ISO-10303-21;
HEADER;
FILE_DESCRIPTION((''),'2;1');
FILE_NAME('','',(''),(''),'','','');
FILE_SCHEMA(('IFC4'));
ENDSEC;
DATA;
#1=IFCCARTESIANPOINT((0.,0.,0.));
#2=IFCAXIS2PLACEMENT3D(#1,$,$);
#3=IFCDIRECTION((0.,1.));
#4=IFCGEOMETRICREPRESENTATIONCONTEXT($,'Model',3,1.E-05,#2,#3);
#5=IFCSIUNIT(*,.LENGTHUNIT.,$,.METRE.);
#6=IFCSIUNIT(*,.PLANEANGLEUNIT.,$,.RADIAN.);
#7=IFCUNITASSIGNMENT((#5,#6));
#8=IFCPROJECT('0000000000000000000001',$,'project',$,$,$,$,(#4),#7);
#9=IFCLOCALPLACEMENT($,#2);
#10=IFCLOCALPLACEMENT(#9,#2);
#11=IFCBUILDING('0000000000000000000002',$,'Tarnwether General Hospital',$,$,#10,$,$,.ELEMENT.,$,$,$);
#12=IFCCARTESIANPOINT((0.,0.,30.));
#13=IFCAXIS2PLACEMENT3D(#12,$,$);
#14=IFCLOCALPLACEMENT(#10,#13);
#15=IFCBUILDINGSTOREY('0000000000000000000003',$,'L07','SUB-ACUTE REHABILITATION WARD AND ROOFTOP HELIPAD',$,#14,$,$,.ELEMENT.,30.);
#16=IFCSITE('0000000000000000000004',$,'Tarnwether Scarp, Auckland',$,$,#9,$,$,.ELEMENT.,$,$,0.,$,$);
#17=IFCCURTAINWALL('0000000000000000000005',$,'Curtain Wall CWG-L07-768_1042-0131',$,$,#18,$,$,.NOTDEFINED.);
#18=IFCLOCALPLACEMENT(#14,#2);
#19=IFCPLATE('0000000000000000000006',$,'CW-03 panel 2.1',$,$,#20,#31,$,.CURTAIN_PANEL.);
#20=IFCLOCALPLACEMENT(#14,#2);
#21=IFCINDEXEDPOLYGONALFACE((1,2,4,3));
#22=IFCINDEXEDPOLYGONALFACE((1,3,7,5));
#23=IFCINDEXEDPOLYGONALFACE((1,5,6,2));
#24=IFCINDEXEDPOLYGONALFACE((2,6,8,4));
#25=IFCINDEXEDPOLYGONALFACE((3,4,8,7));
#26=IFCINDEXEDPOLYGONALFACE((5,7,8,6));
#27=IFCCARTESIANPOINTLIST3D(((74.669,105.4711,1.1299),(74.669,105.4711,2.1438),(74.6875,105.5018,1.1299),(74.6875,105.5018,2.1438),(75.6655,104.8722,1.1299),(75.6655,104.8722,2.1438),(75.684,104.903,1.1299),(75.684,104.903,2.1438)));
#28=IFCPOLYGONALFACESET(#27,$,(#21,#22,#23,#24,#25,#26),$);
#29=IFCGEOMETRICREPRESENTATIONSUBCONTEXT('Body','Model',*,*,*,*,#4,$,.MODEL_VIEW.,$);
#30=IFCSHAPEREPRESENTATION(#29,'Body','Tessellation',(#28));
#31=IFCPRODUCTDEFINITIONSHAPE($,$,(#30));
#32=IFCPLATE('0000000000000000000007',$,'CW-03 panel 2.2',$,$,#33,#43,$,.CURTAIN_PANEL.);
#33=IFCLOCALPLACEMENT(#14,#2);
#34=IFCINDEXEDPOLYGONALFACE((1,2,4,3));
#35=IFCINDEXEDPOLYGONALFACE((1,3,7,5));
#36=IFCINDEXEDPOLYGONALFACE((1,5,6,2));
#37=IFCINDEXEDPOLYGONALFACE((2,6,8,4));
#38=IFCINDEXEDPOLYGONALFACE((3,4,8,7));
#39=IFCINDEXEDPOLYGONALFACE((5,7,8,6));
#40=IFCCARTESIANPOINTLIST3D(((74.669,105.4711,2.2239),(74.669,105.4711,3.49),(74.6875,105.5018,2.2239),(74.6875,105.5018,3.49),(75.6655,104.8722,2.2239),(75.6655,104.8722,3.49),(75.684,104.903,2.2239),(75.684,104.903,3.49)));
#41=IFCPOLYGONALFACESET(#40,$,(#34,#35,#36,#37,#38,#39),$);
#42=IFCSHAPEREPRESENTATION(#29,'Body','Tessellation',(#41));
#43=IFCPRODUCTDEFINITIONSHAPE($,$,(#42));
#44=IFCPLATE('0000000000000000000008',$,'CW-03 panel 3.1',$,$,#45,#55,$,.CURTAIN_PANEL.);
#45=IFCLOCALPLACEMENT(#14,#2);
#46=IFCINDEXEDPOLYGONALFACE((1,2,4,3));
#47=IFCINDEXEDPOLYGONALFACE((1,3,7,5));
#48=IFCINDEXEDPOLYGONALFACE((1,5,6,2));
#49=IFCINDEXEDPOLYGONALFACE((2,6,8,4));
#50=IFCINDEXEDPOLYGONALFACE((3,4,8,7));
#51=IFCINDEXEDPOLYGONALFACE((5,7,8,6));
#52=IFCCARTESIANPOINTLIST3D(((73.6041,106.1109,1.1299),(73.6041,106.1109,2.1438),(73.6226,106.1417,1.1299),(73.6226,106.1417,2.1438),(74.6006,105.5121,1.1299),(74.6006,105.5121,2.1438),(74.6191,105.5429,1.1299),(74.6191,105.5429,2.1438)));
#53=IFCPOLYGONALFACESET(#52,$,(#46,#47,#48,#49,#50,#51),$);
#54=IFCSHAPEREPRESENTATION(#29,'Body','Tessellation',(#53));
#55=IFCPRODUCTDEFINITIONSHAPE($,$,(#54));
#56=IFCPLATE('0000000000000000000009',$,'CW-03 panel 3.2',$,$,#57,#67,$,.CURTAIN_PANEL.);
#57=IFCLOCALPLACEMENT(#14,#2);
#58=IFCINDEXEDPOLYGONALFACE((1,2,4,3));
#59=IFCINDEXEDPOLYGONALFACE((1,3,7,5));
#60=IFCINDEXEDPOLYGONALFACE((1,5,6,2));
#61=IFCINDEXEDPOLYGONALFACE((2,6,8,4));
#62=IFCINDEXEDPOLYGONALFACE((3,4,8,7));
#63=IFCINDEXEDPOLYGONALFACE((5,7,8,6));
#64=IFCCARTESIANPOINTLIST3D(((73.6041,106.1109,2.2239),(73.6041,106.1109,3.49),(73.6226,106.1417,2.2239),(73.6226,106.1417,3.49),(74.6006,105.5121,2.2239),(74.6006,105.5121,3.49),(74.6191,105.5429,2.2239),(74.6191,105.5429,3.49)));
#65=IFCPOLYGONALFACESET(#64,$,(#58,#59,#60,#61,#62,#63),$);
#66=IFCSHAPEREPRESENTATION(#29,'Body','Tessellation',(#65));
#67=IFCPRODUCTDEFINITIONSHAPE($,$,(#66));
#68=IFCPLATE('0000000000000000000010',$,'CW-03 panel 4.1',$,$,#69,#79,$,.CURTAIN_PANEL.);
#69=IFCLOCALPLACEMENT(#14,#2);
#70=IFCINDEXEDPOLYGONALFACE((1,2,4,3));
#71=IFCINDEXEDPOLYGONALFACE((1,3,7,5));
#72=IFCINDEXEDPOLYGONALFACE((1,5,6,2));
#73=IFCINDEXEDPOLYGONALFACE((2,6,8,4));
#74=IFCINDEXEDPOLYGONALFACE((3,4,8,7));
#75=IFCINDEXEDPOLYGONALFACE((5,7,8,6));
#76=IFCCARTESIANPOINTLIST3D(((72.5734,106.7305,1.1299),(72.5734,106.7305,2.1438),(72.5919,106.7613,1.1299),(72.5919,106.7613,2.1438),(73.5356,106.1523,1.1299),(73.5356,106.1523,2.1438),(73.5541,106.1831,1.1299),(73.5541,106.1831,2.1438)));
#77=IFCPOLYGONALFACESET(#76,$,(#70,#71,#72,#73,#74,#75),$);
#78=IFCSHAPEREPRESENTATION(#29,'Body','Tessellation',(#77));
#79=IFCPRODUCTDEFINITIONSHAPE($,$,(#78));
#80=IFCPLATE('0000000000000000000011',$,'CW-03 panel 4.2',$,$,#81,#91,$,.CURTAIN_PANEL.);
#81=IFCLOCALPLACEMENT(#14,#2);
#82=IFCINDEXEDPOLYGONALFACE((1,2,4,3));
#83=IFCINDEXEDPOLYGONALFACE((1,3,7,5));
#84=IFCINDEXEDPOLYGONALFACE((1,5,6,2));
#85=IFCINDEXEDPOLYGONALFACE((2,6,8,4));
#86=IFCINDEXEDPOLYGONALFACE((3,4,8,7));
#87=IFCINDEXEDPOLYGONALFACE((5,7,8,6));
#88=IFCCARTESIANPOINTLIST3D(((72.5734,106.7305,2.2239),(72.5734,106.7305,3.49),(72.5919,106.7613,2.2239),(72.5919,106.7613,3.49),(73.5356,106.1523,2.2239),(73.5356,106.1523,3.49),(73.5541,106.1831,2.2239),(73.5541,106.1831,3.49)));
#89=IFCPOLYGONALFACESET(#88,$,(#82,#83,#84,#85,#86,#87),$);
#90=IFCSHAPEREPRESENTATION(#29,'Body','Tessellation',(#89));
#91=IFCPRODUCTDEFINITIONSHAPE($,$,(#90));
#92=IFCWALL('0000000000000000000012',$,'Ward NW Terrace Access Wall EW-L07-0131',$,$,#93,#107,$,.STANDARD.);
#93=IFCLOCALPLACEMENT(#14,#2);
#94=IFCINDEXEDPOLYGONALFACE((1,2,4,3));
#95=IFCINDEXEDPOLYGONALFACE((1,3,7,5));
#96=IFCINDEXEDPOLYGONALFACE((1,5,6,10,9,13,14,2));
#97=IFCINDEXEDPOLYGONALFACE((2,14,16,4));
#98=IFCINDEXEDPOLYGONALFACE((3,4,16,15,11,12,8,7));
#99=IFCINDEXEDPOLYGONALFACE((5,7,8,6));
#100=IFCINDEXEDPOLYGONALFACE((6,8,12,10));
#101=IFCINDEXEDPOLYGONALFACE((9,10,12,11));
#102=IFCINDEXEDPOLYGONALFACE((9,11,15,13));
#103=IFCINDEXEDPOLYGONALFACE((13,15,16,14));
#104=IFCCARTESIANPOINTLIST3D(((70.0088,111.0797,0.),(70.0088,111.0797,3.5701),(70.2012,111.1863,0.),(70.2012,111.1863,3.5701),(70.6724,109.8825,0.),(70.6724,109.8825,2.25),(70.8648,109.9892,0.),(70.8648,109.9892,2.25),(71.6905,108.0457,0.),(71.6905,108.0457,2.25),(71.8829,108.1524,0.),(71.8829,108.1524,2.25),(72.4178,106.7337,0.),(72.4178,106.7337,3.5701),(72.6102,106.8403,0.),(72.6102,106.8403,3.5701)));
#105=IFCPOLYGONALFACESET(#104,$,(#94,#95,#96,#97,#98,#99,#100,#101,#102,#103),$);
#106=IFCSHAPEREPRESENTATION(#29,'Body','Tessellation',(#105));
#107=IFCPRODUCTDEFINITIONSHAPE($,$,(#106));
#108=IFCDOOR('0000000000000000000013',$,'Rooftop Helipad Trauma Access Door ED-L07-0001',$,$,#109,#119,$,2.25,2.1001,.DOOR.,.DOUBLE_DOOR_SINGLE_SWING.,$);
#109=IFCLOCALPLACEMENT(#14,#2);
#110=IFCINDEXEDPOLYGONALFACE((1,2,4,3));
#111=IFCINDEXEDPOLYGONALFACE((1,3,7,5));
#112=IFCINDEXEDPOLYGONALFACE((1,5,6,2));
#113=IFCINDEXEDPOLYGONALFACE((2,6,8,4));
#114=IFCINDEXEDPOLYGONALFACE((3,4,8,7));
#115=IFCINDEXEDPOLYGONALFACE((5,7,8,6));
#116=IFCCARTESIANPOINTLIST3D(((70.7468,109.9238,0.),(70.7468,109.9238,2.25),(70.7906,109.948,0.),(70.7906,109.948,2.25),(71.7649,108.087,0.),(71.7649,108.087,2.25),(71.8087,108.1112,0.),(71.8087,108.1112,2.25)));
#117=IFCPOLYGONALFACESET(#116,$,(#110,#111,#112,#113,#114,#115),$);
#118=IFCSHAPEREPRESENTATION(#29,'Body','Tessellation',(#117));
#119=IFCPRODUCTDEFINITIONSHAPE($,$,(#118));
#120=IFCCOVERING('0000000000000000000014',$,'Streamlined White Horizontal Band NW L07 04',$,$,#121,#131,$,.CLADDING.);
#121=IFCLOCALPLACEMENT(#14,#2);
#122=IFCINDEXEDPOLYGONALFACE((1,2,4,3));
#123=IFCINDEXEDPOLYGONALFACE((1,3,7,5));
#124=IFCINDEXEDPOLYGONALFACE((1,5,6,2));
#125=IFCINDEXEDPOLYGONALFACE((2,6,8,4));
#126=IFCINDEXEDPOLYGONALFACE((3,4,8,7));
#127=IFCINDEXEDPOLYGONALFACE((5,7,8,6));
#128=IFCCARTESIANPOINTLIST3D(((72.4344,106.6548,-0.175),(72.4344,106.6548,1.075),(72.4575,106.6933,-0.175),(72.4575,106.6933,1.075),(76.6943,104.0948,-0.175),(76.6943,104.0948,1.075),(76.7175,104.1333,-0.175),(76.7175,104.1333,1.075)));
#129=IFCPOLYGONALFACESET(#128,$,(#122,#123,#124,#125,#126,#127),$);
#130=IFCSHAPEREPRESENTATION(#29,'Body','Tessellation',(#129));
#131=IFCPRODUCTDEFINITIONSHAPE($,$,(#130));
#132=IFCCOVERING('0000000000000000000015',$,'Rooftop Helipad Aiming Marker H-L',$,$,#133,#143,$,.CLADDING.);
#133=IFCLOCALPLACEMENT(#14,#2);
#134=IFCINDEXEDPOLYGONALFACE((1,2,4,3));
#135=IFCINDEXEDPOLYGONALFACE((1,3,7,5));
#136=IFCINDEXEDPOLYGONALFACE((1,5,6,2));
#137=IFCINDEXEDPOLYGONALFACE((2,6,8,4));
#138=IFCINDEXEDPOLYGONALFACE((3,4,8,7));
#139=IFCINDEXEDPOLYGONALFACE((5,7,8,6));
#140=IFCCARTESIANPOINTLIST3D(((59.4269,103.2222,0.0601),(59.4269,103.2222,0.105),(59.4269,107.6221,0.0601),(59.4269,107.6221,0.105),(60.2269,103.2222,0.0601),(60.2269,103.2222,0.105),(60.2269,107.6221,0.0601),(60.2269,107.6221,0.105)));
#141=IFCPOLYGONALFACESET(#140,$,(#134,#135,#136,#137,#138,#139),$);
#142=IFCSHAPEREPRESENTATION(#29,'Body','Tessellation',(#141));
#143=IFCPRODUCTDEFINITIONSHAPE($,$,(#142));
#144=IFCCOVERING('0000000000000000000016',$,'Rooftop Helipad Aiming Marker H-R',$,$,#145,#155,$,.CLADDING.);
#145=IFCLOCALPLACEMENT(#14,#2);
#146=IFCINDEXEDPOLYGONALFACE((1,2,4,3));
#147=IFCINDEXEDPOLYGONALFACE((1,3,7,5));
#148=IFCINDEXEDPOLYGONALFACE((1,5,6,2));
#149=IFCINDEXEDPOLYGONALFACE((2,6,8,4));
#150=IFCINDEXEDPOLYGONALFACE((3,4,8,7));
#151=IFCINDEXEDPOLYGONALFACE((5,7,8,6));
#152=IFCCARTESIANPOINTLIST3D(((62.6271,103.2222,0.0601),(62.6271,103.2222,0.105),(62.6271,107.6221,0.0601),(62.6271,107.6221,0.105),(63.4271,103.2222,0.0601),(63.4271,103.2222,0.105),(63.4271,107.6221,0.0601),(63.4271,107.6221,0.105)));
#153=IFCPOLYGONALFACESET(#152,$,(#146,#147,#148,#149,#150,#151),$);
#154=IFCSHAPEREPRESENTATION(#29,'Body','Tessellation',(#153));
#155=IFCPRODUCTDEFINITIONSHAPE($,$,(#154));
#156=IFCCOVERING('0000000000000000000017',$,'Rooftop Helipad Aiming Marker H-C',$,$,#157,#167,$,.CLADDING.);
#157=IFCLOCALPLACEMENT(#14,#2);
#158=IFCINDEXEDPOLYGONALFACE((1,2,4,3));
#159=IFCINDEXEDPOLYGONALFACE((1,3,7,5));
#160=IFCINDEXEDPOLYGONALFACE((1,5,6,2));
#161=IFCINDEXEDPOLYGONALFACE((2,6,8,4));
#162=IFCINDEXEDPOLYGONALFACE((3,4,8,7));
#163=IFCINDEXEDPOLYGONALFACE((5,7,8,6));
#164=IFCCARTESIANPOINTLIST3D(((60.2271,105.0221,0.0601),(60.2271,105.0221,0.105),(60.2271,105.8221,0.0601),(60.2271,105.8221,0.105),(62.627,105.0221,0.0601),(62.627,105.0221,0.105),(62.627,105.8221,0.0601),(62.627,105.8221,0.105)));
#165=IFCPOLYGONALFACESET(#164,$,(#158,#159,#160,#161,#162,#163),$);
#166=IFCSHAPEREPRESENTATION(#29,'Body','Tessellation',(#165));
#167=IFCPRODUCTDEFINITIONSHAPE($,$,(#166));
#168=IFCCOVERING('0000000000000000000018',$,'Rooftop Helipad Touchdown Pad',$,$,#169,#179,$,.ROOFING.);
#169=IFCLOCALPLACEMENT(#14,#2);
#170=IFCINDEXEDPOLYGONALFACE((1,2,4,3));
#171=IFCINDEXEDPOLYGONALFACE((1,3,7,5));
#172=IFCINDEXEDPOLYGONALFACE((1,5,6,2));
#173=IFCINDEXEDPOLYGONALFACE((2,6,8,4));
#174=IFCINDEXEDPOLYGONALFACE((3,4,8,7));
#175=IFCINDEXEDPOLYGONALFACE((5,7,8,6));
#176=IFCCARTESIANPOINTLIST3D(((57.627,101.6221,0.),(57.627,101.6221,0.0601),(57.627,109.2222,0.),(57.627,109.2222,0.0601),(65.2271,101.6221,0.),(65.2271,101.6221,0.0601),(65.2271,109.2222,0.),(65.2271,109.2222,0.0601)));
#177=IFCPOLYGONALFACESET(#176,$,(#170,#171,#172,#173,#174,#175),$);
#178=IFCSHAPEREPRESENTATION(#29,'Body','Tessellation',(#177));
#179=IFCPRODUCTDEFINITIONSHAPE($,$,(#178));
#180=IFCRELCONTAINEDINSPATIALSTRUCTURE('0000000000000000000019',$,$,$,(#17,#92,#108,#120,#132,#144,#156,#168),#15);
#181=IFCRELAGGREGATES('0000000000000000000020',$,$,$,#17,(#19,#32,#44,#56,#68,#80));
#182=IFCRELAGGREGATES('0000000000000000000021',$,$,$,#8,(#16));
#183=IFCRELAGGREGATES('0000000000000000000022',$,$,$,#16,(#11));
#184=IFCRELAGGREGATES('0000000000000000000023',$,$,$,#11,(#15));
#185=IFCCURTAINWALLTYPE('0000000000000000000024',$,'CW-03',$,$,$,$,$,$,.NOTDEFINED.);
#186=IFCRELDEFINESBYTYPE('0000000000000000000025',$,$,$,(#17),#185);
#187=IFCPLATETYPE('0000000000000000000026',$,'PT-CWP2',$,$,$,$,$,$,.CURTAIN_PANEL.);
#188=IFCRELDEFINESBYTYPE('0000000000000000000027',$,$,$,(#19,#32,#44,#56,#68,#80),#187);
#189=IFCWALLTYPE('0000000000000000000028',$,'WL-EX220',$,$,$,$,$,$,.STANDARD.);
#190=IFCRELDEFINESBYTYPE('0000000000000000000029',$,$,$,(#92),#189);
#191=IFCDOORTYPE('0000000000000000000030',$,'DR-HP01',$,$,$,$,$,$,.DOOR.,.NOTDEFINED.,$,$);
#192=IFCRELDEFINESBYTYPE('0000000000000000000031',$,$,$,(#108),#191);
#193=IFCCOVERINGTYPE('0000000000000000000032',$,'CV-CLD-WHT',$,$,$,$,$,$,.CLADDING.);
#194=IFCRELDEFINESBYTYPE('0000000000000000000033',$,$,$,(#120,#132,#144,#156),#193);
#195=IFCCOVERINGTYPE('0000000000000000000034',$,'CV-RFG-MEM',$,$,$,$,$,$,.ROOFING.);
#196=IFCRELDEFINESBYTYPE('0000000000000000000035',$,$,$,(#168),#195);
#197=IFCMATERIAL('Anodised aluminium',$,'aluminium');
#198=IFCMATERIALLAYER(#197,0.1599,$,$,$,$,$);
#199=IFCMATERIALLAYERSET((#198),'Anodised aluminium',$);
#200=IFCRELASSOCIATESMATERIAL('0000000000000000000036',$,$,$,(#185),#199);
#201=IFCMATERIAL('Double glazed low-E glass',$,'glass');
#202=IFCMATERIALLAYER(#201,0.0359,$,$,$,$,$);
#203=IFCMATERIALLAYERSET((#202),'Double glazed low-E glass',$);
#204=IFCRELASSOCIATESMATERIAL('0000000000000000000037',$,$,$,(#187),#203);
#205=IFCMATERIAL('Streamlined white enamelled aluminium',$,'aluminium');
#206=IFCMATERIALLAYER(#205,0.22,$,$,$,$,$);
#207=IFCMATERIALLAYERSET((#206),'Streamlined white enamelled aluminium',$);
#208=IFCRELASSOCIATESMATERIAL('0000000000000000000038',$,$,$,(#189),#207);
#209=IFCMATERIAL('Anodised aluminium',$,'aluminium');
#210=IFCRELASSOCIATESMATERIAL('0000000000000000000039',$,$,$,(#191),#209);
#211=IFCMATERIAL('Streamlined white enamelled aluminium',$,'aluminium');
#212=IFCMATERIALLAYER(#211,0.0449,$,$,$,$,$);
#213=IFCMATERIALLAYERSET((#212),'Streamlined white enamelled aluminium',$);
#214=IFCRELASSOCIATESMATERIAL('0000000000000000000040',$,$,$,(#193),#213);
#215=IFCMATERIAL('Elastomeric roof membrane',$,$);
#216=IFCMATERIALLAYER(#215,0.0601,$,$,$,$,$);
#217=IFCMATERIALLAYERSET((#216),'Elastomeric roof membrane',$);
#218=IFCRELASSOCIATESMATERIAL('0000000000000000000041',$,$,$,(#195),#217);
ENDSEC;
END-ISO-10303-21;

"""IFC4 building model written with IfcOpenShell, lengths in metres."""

from ifc_helpers import new_model, si_unit, direction, frame, frame_2d, origin, origin_2d, place, context, subcontext, project, spatial, rectangle, extrude, material, layer, layer_set, type_object, element, fill, aggregate, save


model = new_model("IFC4")

# Units and contexts
model_context = context("Model", 3, precision=1e-05, world=origin(), true_north=direction((0.0, 1.0)))
body_context = subcontext(model_context, "Body", "Model", "MODEL_VIEW")
ifc_project = project(units=[si_unit("LENGTHUNIT", "METRE"), si_unit("PLANEANGLEUNIT", "RADIAN")], contexts=[model_context])

# Site, building, storey
site_placement = place(None, origin())
site = spatial("IfcSite", under=ifc_project, at=site_placement, Name="Tarnwether Scarp, Auckland", CompositionType="ELEMENT", RefElevation=0.0)
building_placement = place(site_placement, origin())
building = spatial("IfcBuilding", under=site, at=building_placement, Name="Tarnwether General Hospital", CompositionType="ELEMENT")
storey_placement = place(building_placement, frame((0.0, 0.0, 30.0)))
storey = spatial("IfcBuildingStorey", under=building, at=storey_placement, Name="L07", Description="SUB-ACUTE REHABILITATION WARD AND ROOFTOP HELIPAD", CompositionType="ELEMENT", Elevation=30.0)

# Curtain wall, plates
ifc_material_1 = material(Name="Anodised aluminium", Category="aluminium")
ifc_layer_1 = layer(ifc_material_1, 0.1599)
ifc_layer_set_1 = layer_set([ifc_layer_1], Name="Anodised aluminium")
curtain_wall_type = type_object("IfcCurtainWallType", Name="CW-03", PredefinedType="NOTDEFINED", material=ifc_layer_set_1)
curtain_wall_placement = place(storey_placement, origin())
curtain_wall = element("IfcCurtainWall", 1, at=curtain_wall_placement, inside=storey, type_object=curtain_wall_type, Name="Curtain Wall CWG-L07-768_1042-0131", PredefinedType="NOTDEFINED")
ifc_material_2 = material(Name="Double glazed low-E glass", Category="glass")
ifc_layer_2 = layer(ifc_material_2, 0.0359)
ifc_layer_set_2 = layer_set([ifc_layer_2], Name="Double glazed low-E glass")
plate_type = type_object("IfcPlateType", Name="PT-CWP2", PredefinedType="CURTAIN_PANEL", material=ifc_layer_set_2)
plate_1_placement = place(storey_placement, frame((75.1765, 105.187, 1.1299), z_axis=(0.0, 0.0, 1.0), x_axis=(-0.857138, 0.515087, 0.0)))
plate_1 = element("IfcPlate", 2, at=plate_1_placement, type_object=plate_type, Name="CW-03 panel 2.1", PredefinedType="CURTAIN_PANEL", context=body_context, shape_type="SweptSolid", body=[
    extrude(rectangle(XDim=1.1626, YDim=0.0359, at=origin_2d()), origin(), (0.0, 0.0, 1.0), 1.0139),
])
plate_2_placement = place(storey_placement, frame((75.1765, 105.187, 2.2239), z_axis=(0.0, 0.0, 1.0), x_axis=(-0.857138, 0.515087, 0.0)))
plate_2 = element("IfcPlate", 3, at=plate_2_placement, type_object=plate_type, Name="CW-03 panel 2.2", PredefinedType="CURTAIN_PANEL", context=body_context, shape_type="SweptSolid", body=[
    extrude(rectangle(XDim=1.1626, YDim=0.0359, at=origin_2d()), origin(), (0.0, 0.0, 1.0), 1.2661),
])
plate_3_placement = place(storey_placement, frame((74.1116, 105.8269, 1.1299), z_axis=(0.0, 0.0, 1.0), x_axis=(-0.857138, 0.515087, 0.0)))
plate_3 = element("IfcPlate", 4, at=plate_3_placement, type_object=plate_type, Name="CW-03 panel 3.1", PredefinedType="CURTAIN_PANEL", context=body_context, shape_type="SweptSolid", body=[
    extrude(rectangle(XDim=1.1626, YDim=0.0359, at=origin_2d()), origin(), (0.0, 0.0, 1.0), 1.0139),
])
plate_4_placement = place(storey_placement, frame((74.1116, 105.8269, 2.2239), z_axis=(0.0, 0.0, 1.0), x_axis=(-0.857138, 0.515087, 0.0)))
plate_4 = element("IfcPlate", 5, at=plate_4_placement, type_object=plate_type, Name="CW-03 panel 3.2", PredefinedType="CURTAIN_PANEL", context=body_context, shape_type="SweptSolid", body=[
    extrude(rectangle(XDim=1.1626, YDim=0.0359, at=origin_2d()), origin(), (0.0, 0.0, 1.0), 1.2661),
])
plate_5_placement = place(storey_placement, frame((73.0637, 106.4568, 1.1299), z_axis=(0.0, 0.0, 1.0), x_axis=(-0.857138, 0.515087, 0.0)))
plate_5 = element("IfcPlate", 6, at=plate_5_placement, type_object=plate_type, Name="CW-03 panel 4.1", PredefinedType="CURTAIN_PANEL", context=body_context, shape_type="SweptSolid", body=[
    extrude(rectangle(XDim=1.1226, YDim=0.0359, at=origin_2d()), origin(), (0.0, 0.0, 1.0), 1.0139),
])
plate_6_placement = place(storey_placement, frame((73.0637, 106.4568, 2.2239), z_axis=(0.0, 0.0, 1.0), x_axis=(-0.857138, 0.515087, 0.0)))
plate_6 = element("IfcPlate", 7, at=plate_6_placement, type_object=plate_type, Name="CW-03 panel 4.2", PredefinedType="CURTAIN_PANEL", context=body_context, shape_type="SweptSolid", body=[
    extrude(rectangle(XDim=1.1226, YDim=0.0359, at=origin_2d()), origin(), (0.0, 0.0, 1.0), 1.2661),
])
aggregate(curtain_wall, [plate_1, plate_2, plate_3, plate_4, plate_5, plate_6])

# Wall, opening, door
ifc_material_3 = material(Name="Streamlined white enamelled aluminium", Category="aluminium")
ifc_layer_3 = layer(ifc_material_3, 0.22)
ifc_layer_set_3 = layer_set([ifc_layer_3], Name="Streamlined white enamelled aluminium")
wall_type = type_object("IfcWallType", Name="WL-EX220", PredefinedType="STANDARD", material=ifc_layer_set_3)
wall_placement = place(storey_placement, frame((72.5139, 106.7871, 0.0), z_axis=(0.0, 0.0, 1.0), x_axis=(-0.4848, 0.874625, 0.0)))
wall = element("IfcWall", 8, at=wall_placement, inside=storey, type_object=wall_type, Name="Ward NW Terrace Access Wall EW-L07-0131", PredefinedType="STANDARD", context=body_context, shape_type="SweptSolid", body=[
    extrude(rectangle(XDim=4.969, YDim=0.22, at=frame_2d((2.4844, 0.0))), origin(), (0.0, 0.0, 1.0), 3.5701),
])
opening_placement = place(wall_placement, frame((1.5, 0.0, 0.0)))
opening = element("IfcOpeningElement", 9, at=opening_placement, cuts=wall, PredefinedType="OPENING", context=body_context, shape_type="SweptSolid", body=[
    extrude(rectangle(XDim=2.1001, YDim=2.25, at=frame_2d((1.05, 1.125))), frame((0.0, 0.1201, 0.0), z_axis=(0.0, -1.0, 0.0), x_axis=(1.0, 0.0, 0.0)), (0.0, 0.0, 1.0), 0.24),
])
ifc_material_4 = material(Name="Anodised aluminium", Category="aluminium")
door_type = type_object("IfcDoorType", Name="DR-HP01", OperationType="NOTDEFINED", PredefinedType="DOOR", material=ifc_material_4)
door_placement = place(opening_placement, origin())
door = element("IfcDoor", 10, at=door_placement, inside=storey, type_object=door_type, Name="Rooftop Helipad Trauma Access Door ED-L07-0001", OperationType="DOUBLE_DOOR_SINGLE_SWING", OverallHeight=2.25, OverallWidth=2.1001, PredefinedType="DOOR", context=body_context, shape_type="SweptSolid", body=[
    extrude(rectangle(XDim=2.1001, YDim=2.25, at=frame_2d((1.05, 1.125))), frame((0.0, 0.0249, 0.0), z_axis=(0.0, -1.0, 0.0), x_axis=(1.0, 0.0, 0.0)), (0.0, 0.0, 1.0), 0.05),
])
fill(opening, door)

# Coverings
ifc_material_5 = material(Name="Streamlined white enamelled aluminium", Category="aluminium")
ifc_layer_4 = layer(ifc_material_5, 0.0449)
ifc_layer_set_4 = layer_set([ifc_layer_4], Name="Streamlined white enamelled aluminium")
covering_type_1 = type_object("IfcCoveringType", Name="CV-CLD-WHT", PredefinedType="CLADDING", material=ifc_layer_set_4)
covering_1_placement = place(storey_placement, frame((74.5759, 105.394, -0.175), z_axis=(0.0, 0.0, 1.0), x_axis=(-0.85714, 0.515083, 0.0)))
element("IfcCovering", 11, at=covering_1_placement, inside=storey, type_object=covering_type_1, Name="Streamlined White Horizontal Band NW L07 04", PredefinedType="CLADDING", context=body_context, shape_type="SweptSolid", body=[
    extrude(rectangle(XDim=4.97, YDim=0.0449, at=origin_2d()), origin(), (0.0, 0.0, 1.0), 1.25),
])
for number, where, z_axis, x_axis, name in (
    (12, (59.8269, 105.4221, 0.0601), (0.0, 0.0, 1.0), (1.0, 0.0, 0.0), "Rooftop Helipad Aiming Marker H-L"),
    (13, (63.0271, 105.4221, 0.0601), (0.0, 0.0, 1.0), (1.0, 0.0, 0.0), "Rooftop Helipad Aiming Marker H-R"),
):
    element("IfcCovering", number, at=place(storey_placement, frame(where, z_axis=z_axis, x_axis=x_axis)), inside=storey, type_object=covering_type_1, Name=name, PredefinedType="CLADDING", context=body_context, shape_type="SweptSolid", body=[
        extrude(rectangle(XDim=0.8, YDim=4.3999, at=origin_2d()), origin(), (0.0, 0.0, 1.0), 0.0449),
    ])
covering_2_placement = place(storey_placement, frame((61.427, 105.4221, 0.0601), z_axis=(0.0, 0.0, 1.0), x_axis=(1.0, 0.0, 0.0)))
element("IfcCovering", 14, at=covering_2_placement, inside=storey, type_object=covering_type_1, Name="Rooftop Helipad Aiming Marker H-C", PredefinedType="CLADDING", context=body_context, shape_type="SweptSolid", body=[
    extrude(rectangle(XDim=2.3999, YDim=0.8, at=origin_2d()), origin(), (0.0, 0.0, 1.0), 0.0449),
])
ifc_material_6 = material(Name="Elastomeric roof membrane")
ifc_layer_5 = layer(ifc_material_6, 0.0601)
ifc_layer_set_5 = layer_set([ifc_layer_5], Name="Elastomeric roof membrane")
covering_type_2 = type_object("IfcCoveringType", Name="CV-RFG-MEM", PredefinedType="ROOFING", material=ifc_layer_set_5)
covering_3_placement = place(storey_placement, frame((61.427, 105.4221, 0.0), z_axis=(0.0, 0.0, 1.0), x_axis=(1.0, 0.0, 0.0)))
element("IfcCovering", 15, at=covering_3_placement, inside=storey, type_object=covering_type_2, Name="Rooftop Helipad Touchdown Pad", PredefinedType="ROOFING", context=body_context, shape_type="SweptSolid", body=[
    extrude(rectangle(XDim=7.6001, YDim=7.6001, at=origin_2d()), origin(), (0.0, 0.0, 1.0), 0.0601),
])

save(model, "model.ifc")
